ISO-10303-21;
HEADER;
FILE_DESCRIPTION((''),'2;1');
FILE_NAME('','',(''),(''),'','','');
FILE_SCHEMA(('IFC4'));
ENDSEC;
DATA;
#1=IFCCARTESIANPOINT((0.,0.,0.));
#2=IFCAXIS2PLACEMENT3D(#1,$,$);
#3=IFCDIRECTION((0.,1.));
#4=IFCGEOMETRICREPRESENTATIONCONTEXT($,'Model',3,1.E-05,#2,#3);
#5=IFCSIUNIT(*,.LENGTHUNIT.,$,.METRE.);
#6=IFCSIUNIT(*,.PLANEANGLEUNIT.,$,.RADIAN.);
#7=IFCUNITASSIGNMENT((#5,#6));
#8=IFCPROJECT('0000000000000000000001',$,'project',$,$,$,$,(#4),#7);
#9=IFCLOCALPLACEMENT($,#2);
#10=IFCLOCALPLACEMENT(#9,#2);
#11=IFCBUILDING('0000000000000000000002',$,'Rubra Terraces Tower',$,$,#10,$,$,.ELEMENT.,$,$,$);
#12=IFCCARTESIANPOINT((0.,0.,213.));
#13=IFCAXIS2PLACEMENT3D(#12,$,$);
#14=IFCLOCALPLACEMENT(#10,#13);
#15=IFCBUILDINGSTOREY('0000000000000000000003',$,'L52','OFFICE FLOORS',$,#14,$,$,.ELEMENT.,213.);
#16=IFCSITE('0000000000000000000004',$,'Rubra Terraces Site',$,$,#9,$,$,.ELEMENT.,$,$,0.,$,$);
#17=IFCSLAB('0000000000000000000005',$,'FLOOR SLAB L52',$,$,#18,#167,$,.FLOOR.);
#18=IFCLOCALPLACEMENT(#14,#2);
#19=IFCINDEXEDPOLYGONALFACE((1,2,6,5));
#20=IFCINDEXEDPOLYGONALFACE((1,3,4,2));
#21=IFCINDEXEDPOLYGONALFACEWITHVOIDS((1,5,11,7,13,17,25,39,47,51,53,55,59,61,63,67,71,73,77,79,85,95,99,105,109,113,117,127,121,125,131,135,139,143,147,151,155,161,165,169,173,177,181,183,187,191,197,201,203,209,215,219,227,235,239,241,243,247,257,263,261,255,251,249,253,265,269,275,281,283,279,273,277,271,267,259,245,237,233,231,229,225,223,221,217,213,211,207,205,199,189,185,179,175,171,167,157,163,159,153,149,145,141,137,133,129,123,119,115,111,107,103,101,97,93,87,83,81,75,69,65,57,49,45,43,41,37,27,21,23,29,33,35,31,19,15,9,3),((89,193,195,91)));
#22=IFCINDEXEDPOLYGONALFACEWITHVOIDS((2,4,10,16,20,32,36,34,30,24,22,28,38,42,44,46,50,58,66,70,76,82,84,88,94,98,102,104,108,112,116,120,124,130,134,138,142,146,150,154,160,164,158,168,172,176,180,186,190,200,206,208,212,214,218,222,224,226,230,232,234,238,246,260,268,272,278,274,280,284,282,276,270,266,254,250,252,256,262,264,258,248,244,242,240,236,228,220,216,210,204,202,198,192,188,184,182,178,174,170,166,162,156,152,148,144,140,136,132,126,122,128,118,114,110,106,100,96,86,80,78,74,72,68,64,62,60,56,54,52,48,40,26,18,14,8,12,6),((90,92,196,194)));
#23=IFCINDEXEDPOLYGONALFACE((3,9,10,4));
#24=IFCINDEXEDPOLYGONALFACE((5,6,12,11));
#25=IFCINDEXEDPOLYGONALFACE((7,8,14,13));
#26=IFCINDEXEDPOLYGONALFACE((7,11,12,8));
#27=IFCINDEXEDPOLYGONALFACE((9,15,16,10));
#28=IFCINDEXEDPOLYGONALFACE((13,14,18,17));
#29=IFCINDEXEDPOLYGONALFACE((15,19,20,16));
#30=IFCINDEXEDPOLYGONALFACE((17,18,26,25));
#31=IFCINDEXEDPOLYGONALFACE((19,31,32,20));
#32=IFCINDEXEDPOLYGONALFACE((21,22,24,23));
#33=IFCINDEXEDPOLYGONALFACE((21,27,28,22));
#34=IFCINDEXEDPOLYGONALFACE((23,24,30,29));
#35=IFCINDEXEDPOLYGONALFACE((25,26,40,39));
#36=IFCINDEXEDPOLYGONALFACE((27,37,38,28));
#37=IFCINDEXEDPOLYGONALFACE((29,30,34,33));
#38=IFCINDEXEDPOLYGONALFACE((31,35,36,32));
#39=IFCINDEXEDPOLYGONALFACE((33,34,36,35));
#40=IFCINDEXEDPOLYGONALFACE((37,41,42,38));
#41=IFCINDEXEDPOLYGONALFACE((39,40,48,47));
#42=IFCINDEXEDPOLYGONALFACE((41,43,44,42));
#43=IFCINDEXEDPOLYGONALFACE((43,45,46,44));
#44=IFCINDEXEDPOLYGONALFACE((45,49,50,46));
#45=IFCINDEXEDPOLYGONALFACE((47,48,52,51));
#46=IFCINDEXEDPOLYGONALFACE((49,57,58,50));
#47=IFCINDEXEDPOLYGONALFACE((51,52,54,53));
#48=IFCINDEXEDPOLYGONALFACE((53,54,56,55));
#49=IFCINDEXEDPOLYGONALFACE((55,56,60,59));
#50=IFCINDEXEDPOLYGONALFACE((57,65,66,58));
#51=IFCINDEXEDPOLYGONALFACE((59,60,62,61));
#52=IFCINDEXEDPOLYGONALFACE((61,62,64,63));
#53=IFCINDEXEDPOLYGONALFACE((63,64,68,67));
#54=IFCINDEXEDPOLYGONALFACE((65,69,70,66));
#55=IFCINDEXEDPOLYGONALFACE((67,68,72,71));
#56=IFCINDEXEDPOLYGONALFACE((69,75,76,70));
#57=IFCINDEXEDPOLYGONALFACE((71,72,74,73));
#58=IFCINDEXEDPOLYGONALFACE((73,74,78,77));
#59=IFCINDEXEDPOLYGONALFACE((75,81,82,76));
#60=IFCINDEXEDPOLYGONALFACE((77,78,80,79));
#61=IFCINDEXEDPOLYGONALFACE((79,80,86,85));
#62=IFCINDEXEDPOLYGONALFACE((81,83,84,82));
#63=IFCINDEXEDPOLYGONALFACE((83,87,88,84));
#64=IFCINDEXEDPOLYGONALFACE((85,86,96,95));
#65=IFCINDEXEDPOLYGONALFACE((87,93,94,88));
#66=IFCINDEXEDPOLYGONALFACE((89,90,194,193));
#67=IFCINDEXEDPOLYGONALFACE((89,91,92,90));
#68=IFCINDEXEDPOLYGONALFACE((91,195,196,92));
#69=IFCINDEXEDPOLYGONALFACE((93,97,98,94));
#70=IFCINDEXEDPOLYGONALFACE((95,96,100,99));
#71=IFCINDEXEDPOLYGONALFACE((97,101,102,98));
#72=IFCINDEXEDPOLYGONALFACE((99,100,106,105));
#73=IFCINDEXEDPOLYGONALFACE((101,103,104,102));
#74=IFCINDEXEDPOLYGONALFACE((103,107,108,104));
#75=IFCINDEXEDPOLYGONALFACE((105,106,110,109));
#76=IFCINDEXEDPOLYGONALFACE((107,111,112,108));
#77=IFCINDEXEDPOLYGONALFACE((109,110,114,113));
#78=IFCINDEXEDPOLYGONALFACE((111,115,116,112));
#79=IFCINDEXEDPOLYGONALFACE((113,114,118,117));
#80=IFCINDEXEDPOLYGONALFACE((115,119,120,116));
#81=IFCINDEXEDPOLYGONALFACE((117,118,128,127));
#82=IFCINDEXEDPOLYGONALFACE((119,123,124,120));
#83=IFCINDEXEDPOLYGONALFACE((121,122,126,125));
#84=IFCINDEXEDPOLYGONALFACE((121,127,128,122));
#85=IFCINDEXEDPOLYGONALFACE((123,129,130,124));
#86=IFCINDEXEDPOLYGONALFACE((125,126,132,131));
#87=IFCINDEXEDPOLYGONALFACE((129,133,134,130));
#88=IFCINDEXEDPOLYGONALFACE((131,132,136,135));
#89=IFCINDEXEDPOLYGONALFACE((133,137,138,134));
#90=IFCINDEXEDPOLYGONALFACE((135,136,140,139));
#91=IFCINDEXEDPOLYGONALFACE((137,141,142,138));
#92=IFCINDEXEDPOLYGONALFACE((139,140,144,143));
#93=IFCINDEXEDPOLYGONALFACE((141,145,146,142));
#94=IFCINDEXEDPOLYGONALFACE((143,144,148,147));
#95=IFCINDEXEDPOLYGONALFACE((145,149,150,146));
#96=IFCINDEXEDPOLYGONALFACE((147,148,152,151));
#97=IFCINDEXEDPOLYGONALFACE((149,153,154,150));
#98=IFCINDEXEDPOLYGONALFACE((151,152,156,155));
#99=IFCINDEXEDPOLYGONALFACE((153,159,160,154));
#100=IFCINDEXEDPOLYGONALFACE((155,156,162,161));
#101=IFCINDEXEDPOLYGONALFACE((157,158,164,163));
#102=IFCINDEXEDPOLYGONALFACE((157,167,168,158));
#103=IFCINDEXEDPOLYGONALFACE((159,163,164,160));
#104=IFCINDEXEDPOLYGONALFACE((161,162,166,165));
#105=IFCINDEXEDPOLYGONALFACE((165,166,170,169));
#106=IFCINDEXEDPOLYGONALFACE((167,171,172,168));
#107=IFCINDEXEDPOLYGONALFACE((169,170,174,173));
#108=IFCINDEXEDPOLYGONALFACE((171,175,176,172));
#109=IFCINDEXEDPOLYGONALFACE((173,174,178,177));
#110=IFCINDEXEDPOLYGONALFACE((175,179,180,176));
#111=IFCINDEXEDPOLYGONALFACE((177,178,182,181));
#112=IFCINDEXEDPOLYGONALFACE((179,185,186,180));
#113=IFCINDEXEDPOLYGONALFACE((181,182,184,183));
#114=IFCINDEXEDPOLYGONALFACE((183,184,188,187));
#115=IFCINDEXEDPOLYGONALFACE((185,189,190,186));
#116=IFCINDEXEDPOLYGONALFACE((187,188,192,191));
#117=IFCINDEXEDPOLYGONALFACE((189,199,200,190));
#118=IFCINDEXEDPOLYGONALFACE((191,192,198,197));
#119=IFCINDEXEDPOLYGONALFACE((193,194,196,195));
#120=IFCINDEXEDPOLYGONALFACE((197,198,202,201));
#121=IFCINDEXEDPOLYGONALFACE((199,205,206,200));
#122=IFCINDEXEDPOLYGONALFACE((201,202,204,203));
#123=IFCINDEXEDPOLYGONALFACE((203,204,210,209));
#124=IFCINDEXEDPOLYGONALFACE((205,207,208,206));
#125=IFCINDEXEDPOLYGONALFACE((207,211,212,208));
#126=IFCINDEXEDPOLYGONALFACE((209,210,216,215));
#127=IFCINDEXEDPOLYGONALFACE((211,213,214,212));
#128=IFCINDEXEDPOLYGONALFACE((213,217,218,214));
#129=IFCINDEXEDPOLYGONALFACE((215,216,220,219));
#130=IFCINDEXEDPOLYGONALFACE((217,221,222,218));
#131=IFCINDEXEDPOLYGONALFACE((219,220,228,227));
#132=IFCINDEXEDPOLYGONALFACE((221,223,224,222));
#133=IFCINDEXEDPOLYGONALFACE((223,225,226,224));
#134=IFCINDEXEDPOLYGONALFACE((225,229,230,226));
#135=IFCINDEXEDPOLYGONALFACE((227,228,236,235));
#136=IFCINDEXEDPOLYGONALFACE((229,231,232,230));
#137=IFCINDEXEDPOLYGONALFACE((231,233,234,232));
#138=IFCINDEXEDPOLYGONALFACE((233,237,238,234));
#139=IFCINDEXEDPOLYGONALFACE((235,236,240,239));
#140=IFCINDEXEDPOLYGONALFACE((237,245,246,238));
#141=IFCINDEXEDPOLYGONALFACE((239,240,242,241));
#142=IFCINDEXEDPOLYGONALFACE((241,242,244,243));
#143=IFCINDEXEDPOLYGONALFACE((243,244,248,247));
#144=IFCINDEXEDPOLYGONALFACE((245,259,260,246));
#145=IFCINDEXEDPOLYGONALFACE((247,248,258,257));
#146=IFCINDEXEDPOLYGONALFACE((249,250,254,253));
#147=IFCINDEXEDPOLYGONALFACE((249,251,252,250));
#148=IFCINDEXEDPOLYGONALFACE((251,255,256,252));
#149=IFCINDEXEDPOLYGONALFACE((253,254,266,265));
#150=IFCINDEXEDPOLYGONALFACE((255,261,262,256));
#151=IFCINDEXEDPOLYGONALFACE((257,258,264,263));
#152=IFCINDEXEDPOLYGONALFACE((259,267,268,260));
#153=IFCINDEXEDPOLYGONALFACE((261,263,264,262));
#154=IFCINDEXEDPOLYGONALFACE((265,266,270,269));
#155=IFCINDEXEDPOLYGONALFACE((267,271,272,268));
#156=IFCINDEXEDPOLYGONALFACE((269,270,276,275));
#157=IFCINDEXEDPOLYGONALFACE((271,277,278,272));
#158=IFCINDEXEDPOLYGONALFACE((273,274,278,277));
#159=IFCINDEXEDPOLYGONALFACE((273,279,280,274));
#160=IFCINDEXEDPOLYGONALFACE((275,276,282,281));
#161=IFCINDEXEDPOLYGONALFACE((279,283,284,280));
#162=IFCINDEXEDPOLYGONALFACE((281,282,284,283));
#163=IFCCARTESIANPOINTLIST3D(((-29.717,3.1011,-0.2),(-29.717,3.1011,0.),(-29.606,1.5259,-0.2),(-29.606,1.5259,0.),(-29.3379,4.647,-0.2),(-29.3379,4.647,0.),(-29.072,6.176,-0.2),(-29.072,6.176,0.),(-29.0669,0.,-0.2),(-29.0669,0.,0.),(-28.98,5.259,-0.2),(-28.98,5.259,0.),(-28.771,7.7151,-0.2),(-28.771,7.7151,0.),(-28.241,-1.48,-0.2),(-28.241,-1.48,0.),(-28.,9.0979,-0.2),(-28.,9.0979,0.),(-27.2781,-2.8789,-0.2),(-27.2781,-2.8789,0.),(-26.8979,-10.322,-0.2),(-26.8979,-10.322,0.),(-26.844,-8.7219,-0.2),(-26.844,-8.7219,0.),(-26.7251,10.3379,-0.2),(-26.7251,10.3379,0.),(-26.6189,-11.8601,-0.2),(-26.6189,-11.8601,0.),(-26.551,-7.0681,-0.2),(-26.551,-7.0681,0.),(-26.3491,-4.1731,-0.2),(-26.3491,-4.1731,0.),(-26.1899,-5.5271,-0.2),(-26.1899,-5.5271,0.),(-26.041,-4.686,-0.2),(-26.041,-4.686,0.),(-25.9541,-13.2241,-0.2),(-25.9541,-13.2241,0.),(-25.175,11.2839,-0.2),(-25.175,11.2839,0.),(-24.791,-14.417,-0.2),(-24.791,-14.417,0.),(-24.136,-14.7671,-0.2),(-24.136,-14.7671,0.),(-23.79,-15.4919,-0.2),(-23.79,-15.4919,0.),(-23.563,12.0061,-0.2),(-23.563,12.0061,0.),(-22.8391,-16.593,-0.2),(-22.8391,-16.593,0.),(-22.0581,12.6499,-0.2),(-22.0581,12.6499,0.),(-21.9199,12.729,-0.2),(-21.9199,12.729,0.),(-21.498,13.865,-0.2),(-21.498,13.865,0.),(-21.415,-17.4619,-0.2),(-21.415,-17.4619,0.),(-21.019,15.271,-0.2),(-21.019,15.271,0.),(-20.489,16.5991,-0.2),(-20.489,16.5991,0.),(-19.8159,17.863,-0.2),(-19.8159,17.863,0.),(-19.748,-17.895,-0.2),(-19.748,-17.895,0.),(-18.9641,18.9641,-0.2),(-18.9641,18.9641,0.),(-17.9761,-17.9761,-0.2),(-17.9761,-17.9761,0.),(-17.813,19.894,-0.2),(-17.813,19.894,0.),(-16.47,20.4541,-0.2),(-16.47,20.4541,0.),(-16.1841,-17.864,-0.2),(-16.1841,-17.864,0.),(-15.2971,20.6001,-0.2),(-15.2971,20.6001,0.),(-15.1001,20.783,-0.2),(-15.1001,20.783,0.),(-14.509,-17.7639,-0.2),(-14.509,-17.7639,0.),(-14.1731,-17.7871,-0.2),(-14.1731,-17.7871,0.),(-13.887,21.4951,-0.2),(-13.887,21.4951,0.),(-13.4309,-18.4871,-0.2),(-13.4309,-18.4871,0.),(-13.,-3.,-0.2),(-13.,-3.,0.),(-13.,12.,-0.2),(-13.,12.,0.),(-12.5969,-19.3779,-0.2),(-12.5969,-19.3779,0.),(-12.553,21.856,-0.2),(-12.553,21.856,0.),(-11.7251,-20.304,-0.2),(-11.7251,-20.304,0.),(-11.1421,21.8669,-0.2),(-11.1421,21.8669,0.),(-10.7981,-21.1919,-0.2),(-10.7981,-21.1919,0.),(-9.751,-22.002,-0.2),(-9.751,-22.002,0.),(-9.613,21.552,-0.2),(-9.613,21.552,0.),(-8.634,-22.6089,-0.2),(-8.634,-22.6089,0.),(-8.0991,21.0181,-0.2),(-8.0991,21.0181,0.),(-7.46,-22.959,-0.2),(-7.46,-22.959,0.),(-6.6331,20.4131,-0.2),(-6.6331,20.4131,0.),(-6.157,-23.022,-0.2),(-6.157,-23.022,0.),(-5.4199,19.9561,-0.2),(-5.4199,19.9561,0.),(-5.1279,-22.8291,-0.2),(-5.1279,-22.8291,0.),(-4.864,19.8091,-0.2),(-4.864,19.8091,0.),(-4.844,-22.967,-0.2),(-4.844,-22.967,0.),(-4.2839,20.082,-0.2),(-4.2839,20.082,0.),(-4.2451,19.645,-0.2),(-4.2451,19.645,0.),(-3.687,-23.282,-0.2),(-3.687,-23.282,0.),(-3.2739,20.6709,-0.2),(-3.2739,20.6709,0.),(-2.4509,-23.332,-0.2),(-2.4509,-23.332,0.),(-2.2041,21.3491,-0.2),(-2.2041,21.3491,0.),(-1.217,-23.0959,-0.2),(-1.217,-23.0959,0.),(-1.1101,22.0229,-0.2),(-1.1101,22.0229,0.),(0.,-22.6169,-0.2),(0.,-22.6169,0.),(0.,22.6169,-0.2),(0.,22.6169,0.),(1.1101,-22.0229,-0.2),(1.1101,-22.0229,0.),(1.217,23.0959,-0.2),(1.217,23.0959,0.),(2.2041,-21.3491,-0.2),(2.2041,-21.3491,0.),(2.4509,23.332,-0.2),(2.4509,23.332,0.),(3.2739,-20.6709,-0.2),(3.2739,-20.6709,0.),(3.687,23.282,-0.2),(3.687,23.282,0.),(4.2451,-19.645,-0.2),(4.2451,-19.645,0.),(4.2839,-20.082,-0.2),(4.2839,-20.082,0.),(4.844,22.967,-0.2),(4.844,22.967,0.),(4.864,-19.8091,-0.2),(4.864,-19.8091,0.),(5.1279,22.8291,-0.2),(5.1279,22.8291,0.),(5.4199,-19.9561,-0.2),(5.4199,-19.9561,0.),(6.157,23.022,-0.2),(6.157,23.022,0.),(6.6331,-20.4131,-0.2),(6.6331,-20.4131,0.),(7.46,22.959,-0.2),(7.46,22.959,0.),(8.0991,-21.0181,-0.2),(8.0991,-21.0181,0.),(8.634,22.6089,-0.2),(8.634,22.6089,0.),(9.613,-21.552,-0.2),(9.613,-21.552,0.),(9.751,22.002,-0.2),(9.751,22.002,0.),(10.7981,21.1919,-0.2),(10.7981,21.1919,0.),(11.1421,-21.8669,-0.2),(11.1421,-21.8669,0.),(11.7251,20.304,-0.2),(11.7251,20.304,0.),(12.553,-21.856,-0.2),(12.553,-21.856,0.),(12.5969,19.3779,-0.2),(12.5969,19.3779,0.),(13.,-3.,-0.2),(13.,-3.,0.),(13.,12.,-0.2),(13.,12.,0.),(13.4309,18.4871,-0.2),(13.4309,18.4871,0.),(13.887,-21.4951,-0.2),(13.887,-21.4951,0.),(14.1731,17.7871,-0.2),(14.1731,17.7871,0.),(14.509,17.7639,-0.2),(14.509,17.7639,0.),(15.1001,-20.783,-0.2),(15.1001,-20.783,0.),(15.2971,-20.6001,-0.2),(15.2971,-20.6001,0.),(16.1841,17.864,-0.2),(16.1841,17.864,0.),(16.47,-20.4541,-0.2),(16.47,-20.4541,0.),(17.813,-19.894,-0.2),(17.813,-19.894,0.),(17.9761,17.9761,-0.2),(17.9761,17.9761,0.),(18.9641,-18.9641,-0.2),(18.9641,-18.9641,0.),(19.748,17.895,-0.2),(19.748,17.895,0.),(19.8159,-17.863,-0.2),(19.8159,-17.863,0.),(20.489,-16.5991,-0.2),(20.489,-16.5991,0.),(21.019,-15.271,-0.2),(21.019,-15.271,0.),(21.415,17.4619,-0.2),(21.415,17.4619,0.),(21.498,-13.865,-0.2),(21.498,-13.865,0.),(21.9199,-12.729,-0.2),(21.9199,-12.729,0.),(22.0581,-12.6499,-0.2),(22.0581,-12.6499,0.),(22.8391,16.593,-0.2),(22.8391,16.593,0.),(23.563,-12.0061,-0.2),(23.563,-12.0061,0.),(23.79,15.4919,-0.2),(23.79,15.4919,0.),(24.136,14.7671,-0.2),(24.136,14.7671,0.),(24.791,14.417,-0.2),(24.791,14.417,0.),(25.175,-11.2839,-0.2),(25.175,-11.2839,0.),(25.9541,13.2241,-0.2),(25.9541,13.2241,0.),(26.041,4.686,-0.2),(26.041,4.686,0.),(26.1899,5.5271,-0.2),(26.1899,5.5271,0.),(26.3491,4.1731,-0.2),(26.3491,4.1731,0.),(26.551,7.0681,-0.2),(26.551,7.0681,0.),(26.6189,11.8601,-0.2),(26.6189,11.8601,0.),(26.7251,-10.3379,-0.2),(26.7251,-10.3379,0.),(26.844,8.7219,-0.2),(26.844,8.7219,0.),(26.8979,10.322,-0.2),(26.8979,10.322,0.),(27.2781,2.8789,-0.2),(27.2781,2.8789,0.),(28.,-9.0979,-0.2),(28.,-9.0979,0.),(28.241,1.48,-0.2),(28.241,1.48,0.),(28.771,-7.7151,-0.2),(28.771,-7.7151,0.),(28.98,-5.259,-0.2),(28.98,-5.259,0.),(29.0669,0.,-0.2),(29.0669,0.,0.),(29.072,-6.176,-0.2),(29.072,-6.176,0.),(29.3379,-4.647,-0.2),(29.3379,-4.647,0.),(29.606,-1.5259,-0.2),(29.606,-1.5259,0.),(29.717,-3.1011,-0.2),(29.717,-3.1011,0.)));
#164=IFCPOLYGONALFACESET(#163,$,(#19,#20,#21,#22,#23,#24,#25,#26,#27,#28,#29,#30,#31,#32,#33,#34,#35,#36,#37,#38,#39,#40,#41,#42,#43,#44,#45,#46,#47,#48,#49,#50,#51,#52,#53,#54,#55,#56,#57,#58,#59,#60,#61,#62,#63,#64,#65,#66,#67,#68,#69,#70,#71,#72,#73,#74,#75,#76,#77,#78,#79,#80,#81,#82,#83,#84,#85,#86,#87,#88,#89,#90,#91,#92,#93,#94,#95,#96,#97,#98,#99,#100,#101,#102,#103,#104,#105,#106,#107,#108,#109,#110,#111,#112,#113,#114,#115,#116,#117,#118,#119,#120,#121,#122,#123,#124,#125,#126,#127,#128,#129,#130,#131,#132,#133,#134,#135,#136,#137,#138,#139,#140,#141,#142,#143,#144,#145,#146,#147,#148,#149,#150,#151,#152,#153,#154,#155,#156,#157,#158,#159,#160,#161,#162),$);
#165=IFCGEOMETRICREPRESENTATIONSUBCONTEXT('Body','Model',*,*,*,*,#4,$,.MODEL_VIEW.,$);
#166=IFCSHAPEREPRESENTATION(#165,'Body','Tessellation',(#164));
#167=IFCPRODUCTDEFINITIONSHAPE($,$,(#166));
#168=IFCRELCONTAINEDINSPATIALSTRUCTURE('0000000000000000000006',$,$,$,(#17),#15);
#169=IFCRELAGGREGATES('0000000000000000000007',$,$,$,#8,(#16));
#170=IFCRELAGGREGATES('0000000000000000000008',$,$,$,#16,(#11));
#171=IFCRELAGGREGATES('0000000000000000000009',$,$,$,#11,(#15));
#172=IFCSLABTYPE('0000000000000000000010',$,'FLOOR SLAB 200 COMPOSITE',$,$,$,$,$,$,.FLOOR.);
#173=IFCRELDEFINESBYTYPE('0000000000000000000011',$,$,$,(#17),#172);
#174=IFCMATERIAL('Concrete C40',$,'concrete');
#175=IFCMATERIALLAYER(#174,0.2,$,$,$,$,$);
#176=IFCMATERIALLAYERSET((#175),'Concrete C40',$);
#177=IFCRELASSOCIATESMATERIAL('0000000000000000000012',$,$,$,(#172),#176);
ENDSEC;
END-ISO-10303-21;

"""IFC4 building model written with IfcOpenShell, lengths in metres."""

from ifc_helpers import new_model, si_unit, direction, frame, origin, place, context, subcontext, project, spatial, polyline, outline, extrude, material, layer, layer_set, type_object, element, save


model = new_model("IFC4")

# Units and contexts
model_context = context("Model", 3, precision=1e-05, world=origin(), true_north=direction((0.0, 1.0)))
body_context = subcontext(model_context, "Body", "Model", "MODEL_VIEW")
ifc_project = project(units=[si_unit("LENGTHUNIT", "METRE"), si_unit("PLANEANGLEUNIT", "RADIAN")], contexts=[model_context])

# Site, building, storey
site_placement = place(None, origin())
site = spatial("IfcSite", under=ifc_project, at=site_placement, Name="Rubra Terraces Site", CompositionType="ELEMENT", RefElevation=0.0)
building_placement = place(site_placement, origin())
building = spatial("IfcBuilding", under=site, at=building_placement, Name="Rubra Terraces Tower", CompositionType="ELEMENT")
storey_placement = place(building_placement, frame((0.0, 0.0, 213.0)))
storey = spatial("IfcBuildingStorey", under=building, at=storey_placement, Name="L52", Description="OFFICE FLOORS", CompositionType="ELEMENT", Elevation=213.0)

# Shared definitions
ifc_material_1 = material(Name="Concrete C40", Category="concrete")

# Slab
ifc_layer_1 = layer(ifc_material_1, 0.2)
ifc_layer_set_1 = layer_set([ifc_layer_1], Name="Concrete C40")
slab_type_1 = type_object("IfcSlabType", Name="FLOOR SLAB 200 COMPOSITE", PredefinedType="FLOOR", material=ifc_layer_set_1)
slab_1_placement = place(storey_placement, frame((0.0, 0.0, -0.2)))
element("IfcSlab", 1, at=slab_1_placement, inside=storey, type_object=slab_type_1, Name="FLOOR SLAB L52", PredefinedType="FLOOR", context=body_context, shape_type="SweptSolid", body=[
    extrude(outline(polyline([(15.1001, -20.783), (15.2971, -20.6001), (16.47, -20.4541), (17.813, -19.894), (18.9641, -18.9641), (19.8159, -17.863), (20.489, -16.5991), (21.019, -15.271), (21.498, -13.865), (21.9199, -12.729), (22.0581, -12.6499), (23.563, -12.0061), (25.175, -11.2839), (26.7251, -10.3379), (28.0, -9.0979), (28.771, -7.7151), (29.072, -6.176), (28.98, -5.259), (29.3379, -4.647), (29.717, -3.1011), (29.606, -1.5259), (29.0669, 0.0), (28.241, 1.48), (27.2781, 2.8789), (26.3491, 4.1731), (26.041, 4.686), (26.1899, 5.5271), (26.551, 7.0681), (26.844, 8.7219), (26.8979, 10.322), (26.6189, 11.8601), (25.9541, 13.2241), (24.791, 14.417), (24.136, 14.7671), (23.79, 15.4919), (22.8391, 16.593), (21.415, 17.4619), (19.748, 17.895), (17.9761, 17.9761), (16.1841, 17.864), (14.509, 17.7639), (14.1731, 17.7871), (13.4309, 18.4871), (12.5969, 19.3779), (11.7251, 20.304), (10.7981, 21.1919), (9.751, 22.002), (8.634, 22.6089), (7.46, 22.959), (6.157, 23.022), (5.1279, 22.8291), (4.844, 22.967), (3.687, 23.282), (2.4509, 23.332), (1.217, 23.0959), (0.0, 22.6169), (-1.1101, 22.0229), (-2.2041, 21.3491), (-3.2739, 20.6709), (-4.2839, 20.082), (-4.864, 19.8091), (-4.2451, 19.645), (-5.4199, 19.9561), (-6.6331, 20.4131), (-8.0991, 21.0181), (-9.613, 21.552), (-11.1421, 21.8669), (-12.553, 21.856), (-13.887, 21.4951), (-15.1001, 20.783), (-15.2971, 20.6001), (-16.47, 20.4541), (-17.813, 19.894), (-18.9641, 18.9641), (-19.8159, 17.863), (-20.489, 16.5991), (-21.019, 15.271), (-21.498, 13.865), (-21.9199, 12.729), (-22.0581, 12.6499), (-23.563, 12.0061), (-25.175, 11.2839), (-26.7251, 10.3379), (-28.0, 9.0979), (-28.771, 7.7151), (-29.072, 6.176), (-28.98, 5.259), (-29.3379, 4.647), (-29.717, 3.1011), (-29.606, 1.5259), (-29.0669, 0.0), (-28.241, -1.48), (-27.2781, -2.8789), (-26.3491, -4.1731), (-26.041, -4.686), (-26.1899, -5.5271), (-26.551, -7.0681), (-26.844, -8.7219), (-26.8979, -10.322), (-26.6189, -11.8601), (-25.9541, -13.2241), (-24.791, -14.417), (-24.136, -14.7671), (-23.79, -15.4919), (-22.8391, -16.593), (-21.415, -17.4619), (-19.748, -17.895), (-17.9761, -17.9761), (-16.1841, -17.864), (-14.509, -17.7639), (-14.1731, -17.7871), (-13.4309, -18.4871), (-12.5969, -19.3779), (-11.7251, -20.304), (-10.7981, -21.1919), (-9.751, -22.002), (-8.634, -22.6089), (-7.46, -22.959), (-6.157, -23.022), (-5.1279, -22.8291), (-4.844, -22.967), (-3.687, -23.282), (-2.4509, -23.332), (-1.217, -23.0959), (0.0, -22.6169), (1.1101, -22.0229), (2.2041, -21.3491), (3.2739, -20.6709), (4.2839, -20.082), (4.864, -19.8091), (4.2451, -19.645), (5.4199, -19.9561), (6.6331, -20.4131), (8.0991, -21.0181), (9.613, -21.552), (11.1421, -21.8669), (12.553, -21.856), (13.887, -21.4951), (15.1001, -20.783)]), holes=[polyline([(13.0, 12.0), (13.0, -3.0), (-13.0, -3.0), (-13.0, 12.0), (13.0, 12.0)])]), origin(), (0.0, 0.0, 1.0), 0.2),
])

save(model, "model.ifc")
